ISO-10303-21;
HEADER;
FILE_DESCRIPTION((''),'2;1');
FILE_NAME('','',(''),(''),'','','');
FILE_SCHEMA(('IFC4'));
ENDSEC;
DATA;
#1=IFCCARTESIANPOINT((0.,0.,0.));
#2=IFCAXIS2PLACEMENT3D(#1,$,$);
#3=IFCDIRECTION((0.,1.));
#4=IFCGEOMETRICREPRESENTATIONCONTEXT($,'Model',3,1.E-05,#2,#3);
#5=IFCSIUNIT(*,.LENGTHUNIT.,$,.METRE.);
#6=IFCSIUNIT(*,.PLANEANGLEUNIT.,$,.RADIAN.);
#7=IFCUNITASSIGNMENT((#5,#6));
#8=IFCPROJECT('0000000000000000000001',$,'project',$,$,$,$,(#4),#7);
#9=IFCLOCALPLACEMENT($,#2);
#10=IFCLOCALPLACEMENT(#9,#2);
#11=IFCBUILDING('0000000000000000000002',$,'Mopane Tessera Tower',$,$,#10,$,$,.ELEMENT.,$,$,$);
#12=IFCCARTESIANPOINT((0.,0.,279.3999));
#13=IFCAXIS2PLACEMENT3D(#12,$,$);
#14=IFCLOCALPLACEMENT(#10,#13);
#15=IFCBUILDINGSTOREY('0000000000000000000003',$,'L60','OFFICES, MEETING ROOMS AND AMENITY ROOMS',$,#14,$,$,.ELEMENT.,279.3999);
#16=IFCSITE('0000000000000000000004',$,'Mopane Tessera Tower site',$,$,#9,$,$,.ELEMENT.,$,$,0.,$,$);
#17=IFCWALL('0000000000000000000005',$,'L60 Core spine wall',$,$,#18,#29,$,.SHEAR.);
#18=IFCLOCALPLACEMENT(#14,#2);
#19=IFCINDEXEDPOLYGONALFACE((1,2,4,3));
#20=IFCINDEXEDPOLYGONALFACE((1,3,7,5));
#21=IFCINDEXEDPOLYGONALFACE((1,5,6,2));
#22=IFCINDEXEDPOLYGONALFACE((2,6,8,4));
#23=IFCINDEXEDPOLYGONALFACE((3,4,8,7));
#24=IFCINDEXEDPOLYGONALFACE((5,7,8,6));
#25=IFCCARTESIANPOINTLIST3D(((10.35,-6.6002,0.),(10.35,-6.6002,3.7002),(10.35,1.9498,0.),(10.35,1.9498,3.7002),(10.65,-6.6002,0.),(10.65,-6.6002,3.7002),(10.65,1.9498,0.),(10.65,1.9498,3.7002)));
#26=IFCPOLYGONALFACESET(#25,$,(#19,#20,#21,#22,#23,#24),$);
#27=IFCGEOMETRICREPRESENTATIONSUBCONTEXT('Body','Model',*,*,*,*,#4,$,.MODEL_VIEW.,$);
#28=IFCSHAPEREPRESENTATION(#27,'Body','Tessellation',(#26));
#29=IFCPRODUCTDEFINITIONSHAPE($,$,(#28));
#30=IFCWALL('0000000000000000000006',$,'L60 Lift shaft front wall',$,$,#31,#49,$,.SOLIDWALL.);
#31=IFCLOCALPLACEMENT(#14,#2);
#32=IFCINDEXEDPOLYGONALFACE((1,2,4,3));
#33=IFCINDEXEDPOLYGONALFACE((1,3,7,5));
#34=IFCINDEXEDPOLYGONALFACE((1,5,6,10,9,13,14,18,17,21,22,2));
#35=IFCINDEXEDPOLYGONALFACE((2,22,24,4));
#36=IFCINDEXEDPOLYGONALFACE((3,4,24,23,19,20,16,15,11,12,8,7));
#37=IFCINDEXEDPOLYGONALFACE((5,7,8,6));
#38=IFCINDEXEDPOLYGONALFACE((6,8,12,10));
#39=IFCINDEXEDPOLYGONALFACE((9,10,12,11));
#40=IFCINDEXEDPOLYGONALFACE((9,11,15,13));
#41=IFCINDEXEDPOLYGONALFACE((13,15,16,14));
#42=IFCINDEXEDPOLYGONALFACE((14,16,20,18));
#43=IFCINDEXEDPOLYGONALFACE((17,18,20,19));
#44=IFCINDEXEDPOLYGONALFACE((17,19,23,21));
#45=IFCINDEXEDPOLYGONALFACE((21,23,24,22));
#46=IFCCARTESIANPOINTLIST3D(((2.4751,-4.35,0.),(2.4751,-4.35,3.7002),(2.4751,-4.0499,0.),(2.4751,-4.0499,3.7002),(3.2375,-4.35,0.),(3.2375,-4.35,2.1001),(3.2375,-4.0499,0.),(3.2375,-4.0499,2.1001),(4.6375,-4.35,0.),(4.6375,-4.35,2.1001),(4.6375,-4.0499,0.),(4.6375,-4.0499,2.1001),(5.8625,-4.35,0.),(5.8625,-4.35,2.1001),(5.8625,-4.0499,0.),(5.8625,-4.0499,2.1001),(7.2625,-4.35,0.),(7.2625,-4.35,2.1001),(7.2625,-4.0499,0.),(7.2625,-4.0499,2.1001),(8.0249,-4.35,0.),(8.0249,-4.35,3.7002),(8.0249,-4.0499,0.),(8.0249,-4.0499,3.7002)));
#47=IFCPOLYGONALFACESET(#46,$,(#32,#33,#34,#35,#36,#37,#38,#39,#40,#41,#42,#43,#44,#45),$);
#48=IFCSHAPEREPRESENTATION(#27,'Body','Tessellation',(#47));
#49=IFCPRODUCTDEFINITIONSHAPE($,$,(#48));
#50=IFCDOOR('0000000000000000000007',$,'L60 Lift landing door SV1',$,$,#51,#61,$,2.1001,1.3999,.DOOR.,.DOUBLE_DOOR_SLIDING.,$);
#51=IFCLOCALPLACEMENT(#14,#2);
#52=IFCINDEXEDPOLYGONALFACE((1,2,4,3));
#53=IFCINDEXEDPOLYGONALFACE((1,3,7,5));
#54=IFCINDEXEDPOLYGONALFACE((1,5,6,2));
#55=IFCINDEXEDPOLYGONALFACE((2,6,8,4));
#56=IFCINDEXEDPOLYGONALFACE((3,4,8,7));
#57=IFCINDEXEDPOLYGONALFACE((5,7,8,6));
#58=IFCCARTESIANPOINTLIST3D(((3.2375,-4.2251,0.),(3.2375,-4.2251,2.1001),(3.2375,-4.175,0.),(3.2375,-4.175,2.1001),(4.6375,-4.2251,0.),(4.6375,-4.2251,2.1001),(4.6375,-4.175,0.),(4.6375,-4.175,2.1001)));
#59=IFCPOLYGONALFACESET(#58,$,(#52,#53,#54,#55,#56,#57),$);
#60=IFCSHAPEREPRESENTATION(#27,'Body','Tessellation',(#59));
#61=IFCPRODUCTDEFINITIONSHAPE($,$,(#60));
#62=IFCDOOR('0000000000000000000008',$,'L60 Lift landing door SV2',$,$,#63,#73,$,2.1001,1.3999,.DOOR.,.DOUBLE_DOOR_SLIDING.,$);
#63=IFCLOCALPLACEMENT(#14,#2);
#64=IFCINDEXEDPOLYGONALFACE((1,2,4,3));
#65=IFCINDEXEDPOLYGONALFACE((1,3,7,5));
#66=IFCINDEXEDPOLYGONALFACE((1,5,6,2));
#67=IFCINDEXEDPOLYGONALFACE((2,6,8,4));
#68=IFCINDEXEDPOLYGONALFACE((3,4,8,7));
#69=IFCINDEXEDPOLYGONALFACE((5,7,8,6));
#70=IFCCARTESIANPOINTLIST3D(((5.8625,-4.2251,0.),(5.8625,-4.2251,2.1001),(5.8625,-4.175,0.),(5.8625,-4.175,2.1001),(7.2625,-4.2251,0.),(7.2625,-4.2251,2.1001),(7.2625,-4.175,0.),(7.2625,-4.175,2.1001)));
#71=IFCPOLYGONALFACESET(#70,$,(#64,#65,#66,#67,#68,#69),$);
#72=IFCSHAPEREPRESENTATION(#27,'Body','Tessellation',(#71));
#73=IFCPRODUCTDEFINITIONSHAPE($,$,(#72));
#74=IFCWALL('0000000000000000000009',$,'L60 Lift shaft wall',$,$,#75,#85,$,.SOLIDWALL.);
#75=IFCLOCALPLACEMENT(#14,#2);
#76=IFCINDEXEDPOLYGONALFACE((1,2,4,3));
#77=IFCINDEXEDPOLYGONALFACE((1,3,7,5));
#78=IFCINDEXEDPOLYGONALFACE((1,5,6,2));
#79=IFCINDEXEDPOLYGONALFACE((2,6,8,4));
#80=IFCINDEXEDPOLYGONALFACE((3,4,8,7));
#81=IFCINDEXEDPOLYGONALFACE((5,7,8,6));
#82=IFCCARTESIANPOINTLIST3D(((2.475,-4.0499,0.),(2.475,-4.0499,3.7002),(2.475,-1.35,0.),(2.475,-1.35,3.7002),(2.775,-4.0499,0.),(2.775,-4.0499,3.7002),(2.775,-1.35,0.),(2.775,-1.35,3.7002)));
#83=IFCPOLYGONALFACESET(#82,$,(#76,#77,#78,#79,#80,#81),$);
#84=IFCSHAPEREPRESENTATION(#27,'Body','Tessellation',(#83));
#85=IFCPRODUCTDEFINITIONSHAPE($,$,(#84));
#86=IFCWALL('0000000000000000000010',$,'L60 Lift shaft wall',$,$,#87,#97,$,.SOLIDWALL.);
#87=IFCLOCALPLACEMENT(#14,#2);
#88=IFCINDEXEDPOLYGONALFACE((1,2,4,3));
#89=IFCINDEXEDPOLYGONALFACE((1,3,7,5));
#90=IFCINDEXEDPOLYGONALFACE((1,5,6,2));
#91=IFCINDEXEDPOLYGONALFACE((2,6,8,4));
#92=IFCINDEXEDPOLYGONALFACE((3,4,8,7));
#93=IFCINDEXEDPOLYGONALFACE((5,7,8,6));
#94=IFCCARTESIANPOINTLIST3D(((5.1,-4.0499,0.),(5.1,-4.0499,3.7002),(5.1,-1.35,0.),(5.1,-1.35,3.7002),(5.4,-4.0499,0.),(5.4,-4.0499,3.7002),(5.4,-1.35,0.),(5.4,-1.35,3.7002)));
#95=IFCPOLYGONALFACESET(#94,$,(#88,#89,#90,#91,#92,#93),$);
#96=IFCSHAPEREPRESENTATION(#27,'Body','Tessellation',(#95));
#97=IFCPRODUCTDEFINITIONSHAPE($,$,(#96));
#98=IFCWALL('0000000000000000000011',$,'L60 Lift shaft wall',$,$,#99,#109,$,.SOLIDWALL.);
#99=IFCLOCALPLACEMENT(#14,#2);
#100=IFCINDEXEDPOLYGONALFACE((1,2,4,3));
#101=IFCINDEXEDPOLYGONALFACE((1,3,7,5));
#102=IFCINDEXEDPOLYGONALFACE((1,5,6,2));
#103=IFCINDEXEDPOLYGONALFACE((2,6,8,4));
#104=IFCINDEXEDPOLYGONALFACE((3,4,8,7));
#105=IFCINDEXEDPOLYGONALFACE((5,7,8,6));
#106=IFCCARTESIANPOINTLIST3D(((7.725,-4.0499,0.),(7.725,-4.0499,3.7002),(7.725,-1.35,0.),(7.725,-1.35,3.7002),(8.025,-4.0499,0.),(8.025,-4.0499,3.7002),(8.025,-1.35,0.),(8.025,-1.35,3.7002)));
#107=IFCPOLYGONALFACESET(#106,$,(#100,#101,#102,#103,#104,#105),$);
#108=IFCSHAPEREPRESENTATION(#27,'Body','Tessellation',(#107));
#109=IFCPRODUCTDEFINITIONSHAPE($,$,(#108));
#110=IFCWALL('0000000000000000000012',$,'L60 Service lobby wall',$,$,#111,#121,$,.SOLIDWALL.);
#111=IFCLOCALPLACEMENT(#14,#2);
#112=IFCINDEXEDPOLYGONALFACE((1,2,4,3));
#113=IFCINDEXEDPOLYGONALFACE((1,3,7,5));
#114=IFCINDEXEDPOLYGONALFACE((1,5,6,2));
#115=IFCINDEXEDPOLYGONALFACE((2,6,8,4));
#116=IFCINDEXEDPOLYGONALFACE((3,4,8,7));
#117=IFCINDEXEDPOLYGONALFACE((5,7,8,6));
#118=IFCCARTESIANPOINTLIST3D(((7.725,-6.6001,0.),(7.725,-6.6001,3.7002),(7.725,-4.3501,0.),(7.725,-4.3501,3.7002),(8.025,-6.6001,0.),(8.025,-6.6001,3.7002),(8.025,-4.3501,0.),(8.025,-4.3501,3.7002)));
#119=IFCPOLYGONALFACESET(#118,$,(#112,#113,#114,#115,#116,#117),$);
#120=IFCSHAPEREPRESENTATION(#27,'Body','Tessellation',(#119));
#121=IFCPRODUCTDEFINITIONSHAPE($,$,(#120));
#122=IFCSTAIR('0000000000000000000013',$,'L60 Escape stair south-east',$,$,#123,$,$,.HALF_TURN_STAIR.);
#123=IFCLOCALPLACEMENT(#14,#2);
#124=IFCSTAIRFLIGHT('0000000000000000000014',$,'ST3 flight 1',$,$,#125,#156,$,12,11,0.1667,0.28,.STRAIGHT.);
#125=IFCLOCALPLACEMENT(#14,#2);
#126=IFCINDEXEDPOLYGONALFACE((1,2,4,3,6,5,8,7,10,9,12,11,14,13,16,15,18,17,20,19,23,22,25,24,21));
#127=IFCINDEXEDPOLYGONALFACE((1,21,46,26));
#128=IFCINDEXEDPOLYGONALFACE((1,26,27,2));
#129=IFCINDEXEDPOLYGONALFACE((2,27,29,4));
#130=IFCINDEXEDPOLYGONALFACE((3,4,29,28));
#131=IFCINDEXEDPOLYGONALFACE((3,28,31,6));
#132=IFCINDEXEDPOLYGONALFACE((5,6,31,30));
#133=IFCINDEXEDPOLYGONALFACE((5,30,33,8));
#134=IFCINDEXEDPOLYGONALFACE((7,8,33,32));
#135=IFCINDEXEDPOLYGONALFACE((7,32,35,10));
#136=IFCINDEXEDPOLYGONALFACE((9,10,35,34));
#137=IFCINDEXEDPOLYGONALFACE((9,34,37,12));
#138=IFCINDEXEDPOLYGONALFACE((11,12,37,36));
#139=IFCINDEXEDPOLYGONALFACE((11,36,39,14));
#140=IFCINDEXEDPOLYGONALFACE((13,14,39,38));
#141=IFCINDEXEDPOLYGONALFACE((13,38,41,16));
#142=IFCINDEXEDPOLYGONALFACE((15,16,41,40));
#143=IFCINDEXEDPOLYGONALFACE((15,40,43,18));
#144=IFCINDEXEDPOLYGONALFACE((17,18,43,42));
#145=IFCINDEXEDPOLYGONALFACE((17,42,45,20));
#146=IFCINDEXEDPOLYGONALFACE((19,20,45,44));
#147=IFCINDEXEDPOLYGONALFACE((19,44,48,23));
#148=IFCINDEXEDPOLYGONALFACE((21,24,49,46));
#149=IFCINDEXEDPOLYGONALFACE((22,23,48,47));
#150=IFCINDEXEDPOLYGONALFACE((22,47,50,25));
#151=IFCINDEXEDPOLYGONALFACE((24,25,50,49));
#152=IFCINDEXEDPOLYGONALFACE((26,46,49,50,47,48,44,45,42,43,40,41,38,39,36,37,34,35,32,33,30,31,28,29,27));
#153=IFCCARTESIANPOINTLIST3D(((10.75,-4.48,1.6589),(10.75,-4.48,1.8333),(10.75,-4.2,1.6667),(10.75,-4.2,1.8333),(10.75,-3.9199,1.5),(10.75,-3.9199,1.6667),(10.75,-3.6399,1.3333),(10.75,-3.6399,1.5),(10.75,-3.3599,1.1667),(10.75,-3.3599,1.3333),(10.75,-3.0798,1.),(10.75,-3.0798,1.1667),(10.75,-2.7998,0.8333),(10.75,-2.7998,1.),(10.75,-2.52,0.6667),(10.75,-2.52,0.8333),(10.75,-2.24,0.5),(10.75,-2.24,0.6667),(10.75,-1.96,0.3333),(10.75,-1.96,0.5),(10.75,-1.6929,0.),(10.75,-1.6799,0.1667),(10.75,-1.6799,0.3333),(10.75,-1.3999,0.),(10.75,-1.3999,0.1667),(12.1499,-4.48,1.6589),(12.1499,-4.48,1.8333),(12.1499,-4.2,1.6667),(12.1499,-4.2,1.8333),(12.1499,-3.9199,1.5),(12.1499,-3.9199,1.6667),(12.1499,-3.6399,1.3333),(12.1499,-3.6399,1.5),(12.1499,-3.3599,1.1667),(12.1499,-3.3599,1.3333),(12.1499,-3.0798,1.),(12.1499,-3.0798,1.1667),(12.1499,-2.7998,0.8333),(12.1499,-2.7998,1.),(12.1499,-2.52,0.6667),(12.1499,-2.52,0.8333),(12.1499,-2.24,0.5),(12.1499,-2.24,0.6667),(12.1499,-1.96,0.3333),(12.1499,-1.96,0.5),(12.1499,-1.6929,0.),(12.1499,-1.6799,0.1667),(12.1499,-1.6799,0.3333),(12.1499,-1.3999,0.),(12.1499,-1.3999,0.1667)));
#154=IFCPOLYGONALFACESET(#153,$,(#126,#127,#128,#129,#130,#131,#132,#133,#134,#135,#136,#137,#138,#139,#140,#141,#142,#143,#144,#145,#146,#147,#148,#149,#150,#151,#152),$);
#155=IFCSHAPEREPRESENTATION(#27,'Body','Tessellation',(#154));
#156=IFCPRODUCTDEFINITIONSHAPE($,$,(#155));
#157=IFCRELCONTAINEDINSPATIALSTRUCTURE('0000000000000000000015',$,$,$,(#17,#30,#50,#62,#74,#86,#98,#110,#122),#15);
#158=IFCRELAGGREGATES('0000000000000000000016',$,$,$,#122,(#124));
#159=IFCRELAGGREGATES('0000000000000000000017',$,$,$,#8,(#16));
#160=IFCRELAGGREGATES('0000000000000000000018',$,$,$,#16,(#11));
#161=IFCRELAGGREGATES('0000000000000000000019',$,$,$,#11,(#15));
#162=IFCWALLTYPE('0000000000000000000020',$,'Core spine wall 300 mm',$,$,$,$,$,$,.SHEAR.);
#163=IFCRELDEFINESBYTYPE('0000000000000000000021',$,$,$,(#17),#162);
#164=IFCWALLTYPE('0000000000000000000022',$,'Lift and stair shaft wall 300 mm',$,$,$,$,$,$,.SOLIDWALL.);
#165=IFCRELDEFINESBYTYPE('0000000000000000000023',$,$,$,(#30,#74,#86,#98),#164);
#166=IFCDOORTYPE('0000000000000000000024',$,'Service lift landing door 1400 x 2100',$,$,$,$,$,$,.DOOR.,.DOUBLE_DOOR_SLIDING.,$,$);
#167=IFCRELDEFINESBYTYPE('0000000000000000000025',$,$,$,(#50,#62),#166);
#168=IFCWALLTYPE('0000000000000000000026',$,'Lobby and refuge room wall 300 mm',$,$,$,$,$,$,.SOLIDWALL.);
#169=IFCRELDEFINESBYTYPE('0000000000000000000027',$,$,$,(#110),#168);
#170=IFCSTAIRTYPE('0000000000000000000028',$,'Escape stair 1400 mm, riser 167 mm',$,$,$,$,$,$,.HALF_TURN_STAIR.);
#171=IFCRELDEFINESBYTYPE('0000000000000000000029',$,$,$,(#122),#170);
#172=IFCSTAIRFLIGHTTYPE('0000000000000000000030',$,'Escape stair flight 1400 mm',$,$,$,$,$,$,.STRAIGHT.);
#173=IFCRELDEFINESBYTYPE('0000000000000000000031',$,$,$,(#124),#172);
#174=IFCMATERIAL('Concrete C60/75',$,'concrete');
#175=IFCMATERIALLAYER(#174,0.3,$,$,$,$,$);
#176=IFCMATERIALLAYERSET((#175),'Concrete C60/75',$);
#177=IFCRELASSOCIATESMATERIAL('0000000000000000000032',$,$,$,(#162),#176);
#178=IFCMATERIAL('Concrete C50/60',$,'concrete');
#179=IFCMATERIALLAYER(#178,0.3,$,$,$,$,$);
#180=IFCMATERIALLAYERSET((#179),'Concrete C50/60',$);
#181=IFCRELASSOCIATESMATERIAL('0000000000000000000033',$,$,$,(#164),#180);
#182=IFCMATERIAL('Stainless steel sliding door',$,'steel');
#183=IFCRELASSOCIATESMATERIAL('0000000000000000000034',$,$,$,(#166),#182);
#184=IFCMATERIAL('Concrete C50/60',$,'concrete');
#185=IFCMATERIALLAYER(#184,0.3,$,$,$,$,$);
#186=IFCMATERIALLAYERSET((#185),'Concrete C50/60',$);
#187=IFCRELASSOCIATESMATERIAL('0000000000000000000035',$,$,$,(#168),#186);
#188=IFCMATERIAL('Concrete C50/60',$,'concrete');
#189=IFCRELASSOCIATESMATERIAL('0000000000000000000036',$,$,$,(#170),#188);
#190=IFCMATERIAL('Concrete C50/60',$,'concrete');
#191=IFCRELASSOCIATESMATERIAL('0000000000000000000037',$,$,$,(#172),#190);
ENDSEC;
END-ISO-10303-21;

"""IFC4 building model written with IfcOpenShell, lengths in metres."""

from ifc_helpers import new_model, si_unit, direction, frame, frame_2d, origin, place, context, subcontext, project, spatial, polyline, rectangle, outline, extrude, material, layer, layer_set, type_object, element, fill, aggregate, save


model = new_model("IFC4")

# Units and contexts
model_context = context("Model", 3, precision=1e-05, world=origin(), true_north=direction((0.0, 1.0)))
body_context = subcontext(model_context, "Body", "Model", "MODEL_VIEW")
ifc_project = project(units=[si_unit("LENGTHUNIT", "METRE"), si_unit("PLANEANGLEUNIT", "RADIAN")], contexts=[model_context])

# Site, building, storey
site_placement = place(None, origin())
site = spatial("IfcSite", under=ifc_project, at=site_placement, Name="Mopane Tessera Tower site", CompositionType="ELEMENT", RefElevation=0.0)
building_placement = place(site_placement, origin())
building = spatial("IfcBuilding", under=site, at=building_placement, Name="Mopane Tessera Tower", CompositionType="ELEMENT")
storey_placement = place(building_placement, frame((0.0, 0.0, 279.3999)))
storey = spatial("IfcBuildingStorey", under=building, at=storey_placement, Name="L60", Description="OFFICES, MEETING ROOMS AND AMENITY ROOMS", CompositionType="ELEMENT", Elevation=279.3999)

# Wall
ifc_material_1 = material(Name="Concrete C60/75", Category="concrete")
ifc_layer_1 = layer(ifc_material_1, 0.3)
ifc_layer_set_1 = layer_set([ifc_layer_1], Name="Concrete C60/75")
wall_type_1 = type_object("IfcWallType", Name="Core spine wall 300 mm", PredefinedType="SHEAR", material=ifc_layer_set_1)
wall_1_placement = place(storey_placement, frame((10.5, -6.6001, 0.0), z_axis=(0.0, 0.0, 1.0), x_axis=(0.0, 1.0, 0.0)))
element("IfcWall", 1, at=wall_1_placement, inside=storey, type_object=wall_type_1, Name="L60 Core spine wall", PredefinedType="SHEAR", context=body_context, shape_type="SweptSolid", body=[
    extrude(rectangle(XDim=8.55, YDim=0.3, at=frame_2d((4.2749, 0.0))), origin(), (0.0, 0.0, 1.0), 3.7002),
])

# Wall, openings, doors
ifc_material_2 = material(Name="Concrete C50/60", Category="concrete")
ifc_layer_2 = layer(ifc_material_2, 0.3)
ifc_layer_set_2 = layer_set([ifc_layer_2], Name="Concrete C50/60")
wall_type_2 = type_object("IfcWallType", Name="Lift and stair shaft wall 300 mm", PredefinedType="SOLIDWALL", material=ifc_layer_set_2)
wall_2_placement = place(storey_placement, frame((2.4751, -4.2, 0.0), z_axis=(0.0, 0.0, 1.0), x_axis=(1.0, 0.0, 0.0)))
wall_2 = element("IfcWall", 2, at=wall_2_placement, inside=storey, type_object=wall_type_2, Name="L60 Lift shaft front wall", PredefinedType="SOLIDWALL", context=body_context, shape_type="SweptSolid", body=[
    extrude(rectangle(XDim=5.5498, YDim=0.3, at=frame_2d((2.7749, 0.0))), origin(), (0.0, 0.0, 1.0), 3.7002),
])
opening_1_placement = place(wall_2_placement, frame((0.7625, 0.0, 0.0)))
opening_1 = element("IfcOpeningElement", 3, at=opening_1_placement, cuts=wall_2, PredefinedType="OPENING", context=body_context, shape_type="SweptSolid", body=[
    extrude(rectangle(XDim=1.3999, YDim=2.1001, at=frame_2d((0.7, 1.05))), frame((0.0, 0.1621, 0.0), z_axis=(0.0, -1.0, 0.0), x_axis=(1.0, 0.0, 0.0)), (0.0, 0.0, 1.0), 0.324),
])
opening_2_placement = place(wall_2_placement, frame((3.3875, 0.0, 0.0)))
opening_2 = element("IfcOpeningElement", 4, at=opening_2_placement, cuts=wall_2, PredefinedType="OPENING", context=body_context, shape_type="SweptSolid", body=[
    extrude(rectangle(XDim=1.3999, YDim=2.1001, at=frame_2d((0.7, 1.05))), frame((0.0, 0.1621, 0.0), z_axis=(0.0, -1.0, 0.0), x_axis=(1.0, 0.0, 0.0)), (0.0, 0.0, 1.0), 0.324),
])
ifc_material_3 = material(Name="Stainless steel sliding door", Category="steel")
door_type = type_object("IfcDoorType", Name="Service lift landing door 1400 x 2100", OperationType="DOUBLE_DOOR_SLIDING", PredefinedType="DOOR", material=ifc_material_3)
door_1_placement = place(opening_1_placement, origin())
door_1 = element("IfcDoor", 5, at=door_1_placement, inside=storey, type_object=door_type, Name="L60 Lift landing door SV1", OperationType="DOUBLE_DOOR_SLIDING", OverallHeight=2.1001, OverallWidth=1.3999, PredefinedType="DOOR", context=body_context, shape_type="SweptSolid", body=[
    extrude(rectangle(XDim=1.3999, YDim=2.1001, at=frame_2d((0.7, 1.05))), frame((0.0, 0.0249, 0.0), z_axis=(0.0, -1.0, 0.0), x_axis=(1.0, 0.0, 0.0)), (0.0, 0.0, 1.0), 0.05),
])
fill(opening_1, door_1)
door_2_placement = place(opening_2_placement, origin())
door_2 = element("IfcDoor", 6, at=door_2_placement, inside=storey, type_object=door_type, Name="L60 Lift landing door SV2", OperationType="DOUBLE_DOOR_SLIDING", OverallHeight=2.1001, OverallWidth=1.3999, PredefinedType="DOOR", context=body_context, shape_type="SweptSolid", body=[
    extrude(rectangle(XDim=1.3999, YDim=2.1001, at=frame_2d((0.7, 1.05))), frame((0.0, 0.0249, 0.0), z_axis=(0.0, -1.0, 0.0), x_axis=(1.0, 0.0, 0.0)), (0.0, 0.0, 1.0), 0.05),
])
fill(opening_2, door_2)

# Walls
for number, where, z_axis, x_axis, name in (
    (7, (2.625, -4.05, 0.0), (0.0, 0.0, 1.0), (0.0, 1.0, 0.0), "L60 Lift shaft wall"),
    (8, (5.25, -4.05, 0.0), (0.0, 0.0, 1.0), (0.0, 1.0, 0.0), "L60 Lift shaft wall"),
    (9, (7.875, -4.05, 0.0), (0.0, 0.0, 1.0), (0.0, 1.0, 0.0), "L60 Lift shaft wall"),
):
    element("IfcWall", number, at=place(storey_placement, frame(where, z_axis=z_axis, x_axis=x_axis)), inside=storey, type_object=wall_type_2, Name=name, PredefinedType="SOLIDWALL", context=body_context, shape_type="SweptSolid", body=[
        extrude(rectangle(XDim=2.7, YDim=0.3, at=frame_2d((1.3501, 0.0))), origin(), (0.0, 0.0, 1.0), 3.7002),
    ])
ifc_material_4 = material(Name="Concrete C50/60", Category="concrete")
ifc_layer_3 = layer(ifc_material_4, 0.3)
ifc_layer_set_3 = layer_set([ifc_layer_3], Name="Concrete C50/60")
wall_type_3 = type_object("IfcWallType", Name="Lobby and refuge room wall 300 mm", PredefinedType="SOLIDWALL", material=ifc_layer_set_3)
wall_3_placement = place(storey_placement, frame((7.875, -6.6001, 0.0), z_axis=(0.0, 0.0, 1.0), x_axis=(0.0, 1.0, 0.0)))
element("IfcWall", 10, at=wall_3_placement, inside=storey, type_object=wall_type_3, Name="L60 Service lobby wall", PredefinedType="SOLIDWALL", context=body_context, shape_type="SweptSolid", body=[
    extrude(rectangle(XDim=2.25, YDim=0.3, at=frame_2d((1.125, 0.0))), origin(), (0.0, 0.0, 1.0), 3.7002),
])

# Stair, stair flight
ifc_material_5 = material(Name="Concrete C50/60", Category="concrete")
stair_type = type_object("IfcStairType", Name="Escape stair 1400 mm, riser 167 mm", PredefinedType="HALF_TURN_STAIR", material=ifc_material_5)
stair_placement = place(storey_placement, origin())
stair = element("IfcStair", 11, at=stair_placement, inside=storey, type_object=stair_type, Name="L60 Escape stair south-east", PredefinedType="HALF_TURN_STAIR")
ifc_material_6 = material(Name="Concrete C50/60", Category="concrete")
stair_flight_type = type_object("IfcStairFlightType", Name="Escape stair flight 1400 mm", PredefinedType="STRAIGHT", material=ifc_material_6)
stair_flight_1_placement = place(storey_placement, frame((11.45, -1.3999, 0.0), z_axis=(0.0, 0.0, 1.0), x_axis=(0.0, -1.0, 0.0)))
stair_flight_1 = element("IfcStairFlight", 12, at=stair_flight_1_placement, type_object=stair_flight_type, Name="ST3 flight 1", NumberOfRisers=12, NumberOfTreads=11, PredefinedType="STRAIGHT", RiserHeight=0.1667, TreadLength=0.28, context=body_context, shape_type="SweptSolid", body=[
    extrude(outline(polyline([(0.0, 0.0), (0.0, 0.1667), (0.28, 0.1667), (0.28, 0.3333), (0.5601, 0.3333), (0.5601, 0.5), (0.8401, 0.5), (0.8401, 0.6667), (1.1201, 0.6667), (1.1201, 0.8333), (1.3999, 0.8333), (1.3999, 1.0), (1.6799, 1.0), (1.6799, 1.1667), (1.96, 1.1667), (1.96, 1.3333), (2.24, 1.3333), (2.24, 1.5), (2.52, 1.5), (2.52, 1.6667), (2.8, 1.6667), (2.8, 1.8333), (3.0801, 1.8333), (3.0801, 2.0), (3.0801, 1.6589), (0.293, 0.0), (0.0, 0.0)])), frame((0.0, 0.7, 0.0), z_axis=(0.0, -1.0, 0.0), x_axis=(1.0, 0.0, 0.0)), (0.0, 0.0, 1.0), 1.3999),
])
aggregate(stair, [stair_flight_1])

save(model, "model.ifc")
